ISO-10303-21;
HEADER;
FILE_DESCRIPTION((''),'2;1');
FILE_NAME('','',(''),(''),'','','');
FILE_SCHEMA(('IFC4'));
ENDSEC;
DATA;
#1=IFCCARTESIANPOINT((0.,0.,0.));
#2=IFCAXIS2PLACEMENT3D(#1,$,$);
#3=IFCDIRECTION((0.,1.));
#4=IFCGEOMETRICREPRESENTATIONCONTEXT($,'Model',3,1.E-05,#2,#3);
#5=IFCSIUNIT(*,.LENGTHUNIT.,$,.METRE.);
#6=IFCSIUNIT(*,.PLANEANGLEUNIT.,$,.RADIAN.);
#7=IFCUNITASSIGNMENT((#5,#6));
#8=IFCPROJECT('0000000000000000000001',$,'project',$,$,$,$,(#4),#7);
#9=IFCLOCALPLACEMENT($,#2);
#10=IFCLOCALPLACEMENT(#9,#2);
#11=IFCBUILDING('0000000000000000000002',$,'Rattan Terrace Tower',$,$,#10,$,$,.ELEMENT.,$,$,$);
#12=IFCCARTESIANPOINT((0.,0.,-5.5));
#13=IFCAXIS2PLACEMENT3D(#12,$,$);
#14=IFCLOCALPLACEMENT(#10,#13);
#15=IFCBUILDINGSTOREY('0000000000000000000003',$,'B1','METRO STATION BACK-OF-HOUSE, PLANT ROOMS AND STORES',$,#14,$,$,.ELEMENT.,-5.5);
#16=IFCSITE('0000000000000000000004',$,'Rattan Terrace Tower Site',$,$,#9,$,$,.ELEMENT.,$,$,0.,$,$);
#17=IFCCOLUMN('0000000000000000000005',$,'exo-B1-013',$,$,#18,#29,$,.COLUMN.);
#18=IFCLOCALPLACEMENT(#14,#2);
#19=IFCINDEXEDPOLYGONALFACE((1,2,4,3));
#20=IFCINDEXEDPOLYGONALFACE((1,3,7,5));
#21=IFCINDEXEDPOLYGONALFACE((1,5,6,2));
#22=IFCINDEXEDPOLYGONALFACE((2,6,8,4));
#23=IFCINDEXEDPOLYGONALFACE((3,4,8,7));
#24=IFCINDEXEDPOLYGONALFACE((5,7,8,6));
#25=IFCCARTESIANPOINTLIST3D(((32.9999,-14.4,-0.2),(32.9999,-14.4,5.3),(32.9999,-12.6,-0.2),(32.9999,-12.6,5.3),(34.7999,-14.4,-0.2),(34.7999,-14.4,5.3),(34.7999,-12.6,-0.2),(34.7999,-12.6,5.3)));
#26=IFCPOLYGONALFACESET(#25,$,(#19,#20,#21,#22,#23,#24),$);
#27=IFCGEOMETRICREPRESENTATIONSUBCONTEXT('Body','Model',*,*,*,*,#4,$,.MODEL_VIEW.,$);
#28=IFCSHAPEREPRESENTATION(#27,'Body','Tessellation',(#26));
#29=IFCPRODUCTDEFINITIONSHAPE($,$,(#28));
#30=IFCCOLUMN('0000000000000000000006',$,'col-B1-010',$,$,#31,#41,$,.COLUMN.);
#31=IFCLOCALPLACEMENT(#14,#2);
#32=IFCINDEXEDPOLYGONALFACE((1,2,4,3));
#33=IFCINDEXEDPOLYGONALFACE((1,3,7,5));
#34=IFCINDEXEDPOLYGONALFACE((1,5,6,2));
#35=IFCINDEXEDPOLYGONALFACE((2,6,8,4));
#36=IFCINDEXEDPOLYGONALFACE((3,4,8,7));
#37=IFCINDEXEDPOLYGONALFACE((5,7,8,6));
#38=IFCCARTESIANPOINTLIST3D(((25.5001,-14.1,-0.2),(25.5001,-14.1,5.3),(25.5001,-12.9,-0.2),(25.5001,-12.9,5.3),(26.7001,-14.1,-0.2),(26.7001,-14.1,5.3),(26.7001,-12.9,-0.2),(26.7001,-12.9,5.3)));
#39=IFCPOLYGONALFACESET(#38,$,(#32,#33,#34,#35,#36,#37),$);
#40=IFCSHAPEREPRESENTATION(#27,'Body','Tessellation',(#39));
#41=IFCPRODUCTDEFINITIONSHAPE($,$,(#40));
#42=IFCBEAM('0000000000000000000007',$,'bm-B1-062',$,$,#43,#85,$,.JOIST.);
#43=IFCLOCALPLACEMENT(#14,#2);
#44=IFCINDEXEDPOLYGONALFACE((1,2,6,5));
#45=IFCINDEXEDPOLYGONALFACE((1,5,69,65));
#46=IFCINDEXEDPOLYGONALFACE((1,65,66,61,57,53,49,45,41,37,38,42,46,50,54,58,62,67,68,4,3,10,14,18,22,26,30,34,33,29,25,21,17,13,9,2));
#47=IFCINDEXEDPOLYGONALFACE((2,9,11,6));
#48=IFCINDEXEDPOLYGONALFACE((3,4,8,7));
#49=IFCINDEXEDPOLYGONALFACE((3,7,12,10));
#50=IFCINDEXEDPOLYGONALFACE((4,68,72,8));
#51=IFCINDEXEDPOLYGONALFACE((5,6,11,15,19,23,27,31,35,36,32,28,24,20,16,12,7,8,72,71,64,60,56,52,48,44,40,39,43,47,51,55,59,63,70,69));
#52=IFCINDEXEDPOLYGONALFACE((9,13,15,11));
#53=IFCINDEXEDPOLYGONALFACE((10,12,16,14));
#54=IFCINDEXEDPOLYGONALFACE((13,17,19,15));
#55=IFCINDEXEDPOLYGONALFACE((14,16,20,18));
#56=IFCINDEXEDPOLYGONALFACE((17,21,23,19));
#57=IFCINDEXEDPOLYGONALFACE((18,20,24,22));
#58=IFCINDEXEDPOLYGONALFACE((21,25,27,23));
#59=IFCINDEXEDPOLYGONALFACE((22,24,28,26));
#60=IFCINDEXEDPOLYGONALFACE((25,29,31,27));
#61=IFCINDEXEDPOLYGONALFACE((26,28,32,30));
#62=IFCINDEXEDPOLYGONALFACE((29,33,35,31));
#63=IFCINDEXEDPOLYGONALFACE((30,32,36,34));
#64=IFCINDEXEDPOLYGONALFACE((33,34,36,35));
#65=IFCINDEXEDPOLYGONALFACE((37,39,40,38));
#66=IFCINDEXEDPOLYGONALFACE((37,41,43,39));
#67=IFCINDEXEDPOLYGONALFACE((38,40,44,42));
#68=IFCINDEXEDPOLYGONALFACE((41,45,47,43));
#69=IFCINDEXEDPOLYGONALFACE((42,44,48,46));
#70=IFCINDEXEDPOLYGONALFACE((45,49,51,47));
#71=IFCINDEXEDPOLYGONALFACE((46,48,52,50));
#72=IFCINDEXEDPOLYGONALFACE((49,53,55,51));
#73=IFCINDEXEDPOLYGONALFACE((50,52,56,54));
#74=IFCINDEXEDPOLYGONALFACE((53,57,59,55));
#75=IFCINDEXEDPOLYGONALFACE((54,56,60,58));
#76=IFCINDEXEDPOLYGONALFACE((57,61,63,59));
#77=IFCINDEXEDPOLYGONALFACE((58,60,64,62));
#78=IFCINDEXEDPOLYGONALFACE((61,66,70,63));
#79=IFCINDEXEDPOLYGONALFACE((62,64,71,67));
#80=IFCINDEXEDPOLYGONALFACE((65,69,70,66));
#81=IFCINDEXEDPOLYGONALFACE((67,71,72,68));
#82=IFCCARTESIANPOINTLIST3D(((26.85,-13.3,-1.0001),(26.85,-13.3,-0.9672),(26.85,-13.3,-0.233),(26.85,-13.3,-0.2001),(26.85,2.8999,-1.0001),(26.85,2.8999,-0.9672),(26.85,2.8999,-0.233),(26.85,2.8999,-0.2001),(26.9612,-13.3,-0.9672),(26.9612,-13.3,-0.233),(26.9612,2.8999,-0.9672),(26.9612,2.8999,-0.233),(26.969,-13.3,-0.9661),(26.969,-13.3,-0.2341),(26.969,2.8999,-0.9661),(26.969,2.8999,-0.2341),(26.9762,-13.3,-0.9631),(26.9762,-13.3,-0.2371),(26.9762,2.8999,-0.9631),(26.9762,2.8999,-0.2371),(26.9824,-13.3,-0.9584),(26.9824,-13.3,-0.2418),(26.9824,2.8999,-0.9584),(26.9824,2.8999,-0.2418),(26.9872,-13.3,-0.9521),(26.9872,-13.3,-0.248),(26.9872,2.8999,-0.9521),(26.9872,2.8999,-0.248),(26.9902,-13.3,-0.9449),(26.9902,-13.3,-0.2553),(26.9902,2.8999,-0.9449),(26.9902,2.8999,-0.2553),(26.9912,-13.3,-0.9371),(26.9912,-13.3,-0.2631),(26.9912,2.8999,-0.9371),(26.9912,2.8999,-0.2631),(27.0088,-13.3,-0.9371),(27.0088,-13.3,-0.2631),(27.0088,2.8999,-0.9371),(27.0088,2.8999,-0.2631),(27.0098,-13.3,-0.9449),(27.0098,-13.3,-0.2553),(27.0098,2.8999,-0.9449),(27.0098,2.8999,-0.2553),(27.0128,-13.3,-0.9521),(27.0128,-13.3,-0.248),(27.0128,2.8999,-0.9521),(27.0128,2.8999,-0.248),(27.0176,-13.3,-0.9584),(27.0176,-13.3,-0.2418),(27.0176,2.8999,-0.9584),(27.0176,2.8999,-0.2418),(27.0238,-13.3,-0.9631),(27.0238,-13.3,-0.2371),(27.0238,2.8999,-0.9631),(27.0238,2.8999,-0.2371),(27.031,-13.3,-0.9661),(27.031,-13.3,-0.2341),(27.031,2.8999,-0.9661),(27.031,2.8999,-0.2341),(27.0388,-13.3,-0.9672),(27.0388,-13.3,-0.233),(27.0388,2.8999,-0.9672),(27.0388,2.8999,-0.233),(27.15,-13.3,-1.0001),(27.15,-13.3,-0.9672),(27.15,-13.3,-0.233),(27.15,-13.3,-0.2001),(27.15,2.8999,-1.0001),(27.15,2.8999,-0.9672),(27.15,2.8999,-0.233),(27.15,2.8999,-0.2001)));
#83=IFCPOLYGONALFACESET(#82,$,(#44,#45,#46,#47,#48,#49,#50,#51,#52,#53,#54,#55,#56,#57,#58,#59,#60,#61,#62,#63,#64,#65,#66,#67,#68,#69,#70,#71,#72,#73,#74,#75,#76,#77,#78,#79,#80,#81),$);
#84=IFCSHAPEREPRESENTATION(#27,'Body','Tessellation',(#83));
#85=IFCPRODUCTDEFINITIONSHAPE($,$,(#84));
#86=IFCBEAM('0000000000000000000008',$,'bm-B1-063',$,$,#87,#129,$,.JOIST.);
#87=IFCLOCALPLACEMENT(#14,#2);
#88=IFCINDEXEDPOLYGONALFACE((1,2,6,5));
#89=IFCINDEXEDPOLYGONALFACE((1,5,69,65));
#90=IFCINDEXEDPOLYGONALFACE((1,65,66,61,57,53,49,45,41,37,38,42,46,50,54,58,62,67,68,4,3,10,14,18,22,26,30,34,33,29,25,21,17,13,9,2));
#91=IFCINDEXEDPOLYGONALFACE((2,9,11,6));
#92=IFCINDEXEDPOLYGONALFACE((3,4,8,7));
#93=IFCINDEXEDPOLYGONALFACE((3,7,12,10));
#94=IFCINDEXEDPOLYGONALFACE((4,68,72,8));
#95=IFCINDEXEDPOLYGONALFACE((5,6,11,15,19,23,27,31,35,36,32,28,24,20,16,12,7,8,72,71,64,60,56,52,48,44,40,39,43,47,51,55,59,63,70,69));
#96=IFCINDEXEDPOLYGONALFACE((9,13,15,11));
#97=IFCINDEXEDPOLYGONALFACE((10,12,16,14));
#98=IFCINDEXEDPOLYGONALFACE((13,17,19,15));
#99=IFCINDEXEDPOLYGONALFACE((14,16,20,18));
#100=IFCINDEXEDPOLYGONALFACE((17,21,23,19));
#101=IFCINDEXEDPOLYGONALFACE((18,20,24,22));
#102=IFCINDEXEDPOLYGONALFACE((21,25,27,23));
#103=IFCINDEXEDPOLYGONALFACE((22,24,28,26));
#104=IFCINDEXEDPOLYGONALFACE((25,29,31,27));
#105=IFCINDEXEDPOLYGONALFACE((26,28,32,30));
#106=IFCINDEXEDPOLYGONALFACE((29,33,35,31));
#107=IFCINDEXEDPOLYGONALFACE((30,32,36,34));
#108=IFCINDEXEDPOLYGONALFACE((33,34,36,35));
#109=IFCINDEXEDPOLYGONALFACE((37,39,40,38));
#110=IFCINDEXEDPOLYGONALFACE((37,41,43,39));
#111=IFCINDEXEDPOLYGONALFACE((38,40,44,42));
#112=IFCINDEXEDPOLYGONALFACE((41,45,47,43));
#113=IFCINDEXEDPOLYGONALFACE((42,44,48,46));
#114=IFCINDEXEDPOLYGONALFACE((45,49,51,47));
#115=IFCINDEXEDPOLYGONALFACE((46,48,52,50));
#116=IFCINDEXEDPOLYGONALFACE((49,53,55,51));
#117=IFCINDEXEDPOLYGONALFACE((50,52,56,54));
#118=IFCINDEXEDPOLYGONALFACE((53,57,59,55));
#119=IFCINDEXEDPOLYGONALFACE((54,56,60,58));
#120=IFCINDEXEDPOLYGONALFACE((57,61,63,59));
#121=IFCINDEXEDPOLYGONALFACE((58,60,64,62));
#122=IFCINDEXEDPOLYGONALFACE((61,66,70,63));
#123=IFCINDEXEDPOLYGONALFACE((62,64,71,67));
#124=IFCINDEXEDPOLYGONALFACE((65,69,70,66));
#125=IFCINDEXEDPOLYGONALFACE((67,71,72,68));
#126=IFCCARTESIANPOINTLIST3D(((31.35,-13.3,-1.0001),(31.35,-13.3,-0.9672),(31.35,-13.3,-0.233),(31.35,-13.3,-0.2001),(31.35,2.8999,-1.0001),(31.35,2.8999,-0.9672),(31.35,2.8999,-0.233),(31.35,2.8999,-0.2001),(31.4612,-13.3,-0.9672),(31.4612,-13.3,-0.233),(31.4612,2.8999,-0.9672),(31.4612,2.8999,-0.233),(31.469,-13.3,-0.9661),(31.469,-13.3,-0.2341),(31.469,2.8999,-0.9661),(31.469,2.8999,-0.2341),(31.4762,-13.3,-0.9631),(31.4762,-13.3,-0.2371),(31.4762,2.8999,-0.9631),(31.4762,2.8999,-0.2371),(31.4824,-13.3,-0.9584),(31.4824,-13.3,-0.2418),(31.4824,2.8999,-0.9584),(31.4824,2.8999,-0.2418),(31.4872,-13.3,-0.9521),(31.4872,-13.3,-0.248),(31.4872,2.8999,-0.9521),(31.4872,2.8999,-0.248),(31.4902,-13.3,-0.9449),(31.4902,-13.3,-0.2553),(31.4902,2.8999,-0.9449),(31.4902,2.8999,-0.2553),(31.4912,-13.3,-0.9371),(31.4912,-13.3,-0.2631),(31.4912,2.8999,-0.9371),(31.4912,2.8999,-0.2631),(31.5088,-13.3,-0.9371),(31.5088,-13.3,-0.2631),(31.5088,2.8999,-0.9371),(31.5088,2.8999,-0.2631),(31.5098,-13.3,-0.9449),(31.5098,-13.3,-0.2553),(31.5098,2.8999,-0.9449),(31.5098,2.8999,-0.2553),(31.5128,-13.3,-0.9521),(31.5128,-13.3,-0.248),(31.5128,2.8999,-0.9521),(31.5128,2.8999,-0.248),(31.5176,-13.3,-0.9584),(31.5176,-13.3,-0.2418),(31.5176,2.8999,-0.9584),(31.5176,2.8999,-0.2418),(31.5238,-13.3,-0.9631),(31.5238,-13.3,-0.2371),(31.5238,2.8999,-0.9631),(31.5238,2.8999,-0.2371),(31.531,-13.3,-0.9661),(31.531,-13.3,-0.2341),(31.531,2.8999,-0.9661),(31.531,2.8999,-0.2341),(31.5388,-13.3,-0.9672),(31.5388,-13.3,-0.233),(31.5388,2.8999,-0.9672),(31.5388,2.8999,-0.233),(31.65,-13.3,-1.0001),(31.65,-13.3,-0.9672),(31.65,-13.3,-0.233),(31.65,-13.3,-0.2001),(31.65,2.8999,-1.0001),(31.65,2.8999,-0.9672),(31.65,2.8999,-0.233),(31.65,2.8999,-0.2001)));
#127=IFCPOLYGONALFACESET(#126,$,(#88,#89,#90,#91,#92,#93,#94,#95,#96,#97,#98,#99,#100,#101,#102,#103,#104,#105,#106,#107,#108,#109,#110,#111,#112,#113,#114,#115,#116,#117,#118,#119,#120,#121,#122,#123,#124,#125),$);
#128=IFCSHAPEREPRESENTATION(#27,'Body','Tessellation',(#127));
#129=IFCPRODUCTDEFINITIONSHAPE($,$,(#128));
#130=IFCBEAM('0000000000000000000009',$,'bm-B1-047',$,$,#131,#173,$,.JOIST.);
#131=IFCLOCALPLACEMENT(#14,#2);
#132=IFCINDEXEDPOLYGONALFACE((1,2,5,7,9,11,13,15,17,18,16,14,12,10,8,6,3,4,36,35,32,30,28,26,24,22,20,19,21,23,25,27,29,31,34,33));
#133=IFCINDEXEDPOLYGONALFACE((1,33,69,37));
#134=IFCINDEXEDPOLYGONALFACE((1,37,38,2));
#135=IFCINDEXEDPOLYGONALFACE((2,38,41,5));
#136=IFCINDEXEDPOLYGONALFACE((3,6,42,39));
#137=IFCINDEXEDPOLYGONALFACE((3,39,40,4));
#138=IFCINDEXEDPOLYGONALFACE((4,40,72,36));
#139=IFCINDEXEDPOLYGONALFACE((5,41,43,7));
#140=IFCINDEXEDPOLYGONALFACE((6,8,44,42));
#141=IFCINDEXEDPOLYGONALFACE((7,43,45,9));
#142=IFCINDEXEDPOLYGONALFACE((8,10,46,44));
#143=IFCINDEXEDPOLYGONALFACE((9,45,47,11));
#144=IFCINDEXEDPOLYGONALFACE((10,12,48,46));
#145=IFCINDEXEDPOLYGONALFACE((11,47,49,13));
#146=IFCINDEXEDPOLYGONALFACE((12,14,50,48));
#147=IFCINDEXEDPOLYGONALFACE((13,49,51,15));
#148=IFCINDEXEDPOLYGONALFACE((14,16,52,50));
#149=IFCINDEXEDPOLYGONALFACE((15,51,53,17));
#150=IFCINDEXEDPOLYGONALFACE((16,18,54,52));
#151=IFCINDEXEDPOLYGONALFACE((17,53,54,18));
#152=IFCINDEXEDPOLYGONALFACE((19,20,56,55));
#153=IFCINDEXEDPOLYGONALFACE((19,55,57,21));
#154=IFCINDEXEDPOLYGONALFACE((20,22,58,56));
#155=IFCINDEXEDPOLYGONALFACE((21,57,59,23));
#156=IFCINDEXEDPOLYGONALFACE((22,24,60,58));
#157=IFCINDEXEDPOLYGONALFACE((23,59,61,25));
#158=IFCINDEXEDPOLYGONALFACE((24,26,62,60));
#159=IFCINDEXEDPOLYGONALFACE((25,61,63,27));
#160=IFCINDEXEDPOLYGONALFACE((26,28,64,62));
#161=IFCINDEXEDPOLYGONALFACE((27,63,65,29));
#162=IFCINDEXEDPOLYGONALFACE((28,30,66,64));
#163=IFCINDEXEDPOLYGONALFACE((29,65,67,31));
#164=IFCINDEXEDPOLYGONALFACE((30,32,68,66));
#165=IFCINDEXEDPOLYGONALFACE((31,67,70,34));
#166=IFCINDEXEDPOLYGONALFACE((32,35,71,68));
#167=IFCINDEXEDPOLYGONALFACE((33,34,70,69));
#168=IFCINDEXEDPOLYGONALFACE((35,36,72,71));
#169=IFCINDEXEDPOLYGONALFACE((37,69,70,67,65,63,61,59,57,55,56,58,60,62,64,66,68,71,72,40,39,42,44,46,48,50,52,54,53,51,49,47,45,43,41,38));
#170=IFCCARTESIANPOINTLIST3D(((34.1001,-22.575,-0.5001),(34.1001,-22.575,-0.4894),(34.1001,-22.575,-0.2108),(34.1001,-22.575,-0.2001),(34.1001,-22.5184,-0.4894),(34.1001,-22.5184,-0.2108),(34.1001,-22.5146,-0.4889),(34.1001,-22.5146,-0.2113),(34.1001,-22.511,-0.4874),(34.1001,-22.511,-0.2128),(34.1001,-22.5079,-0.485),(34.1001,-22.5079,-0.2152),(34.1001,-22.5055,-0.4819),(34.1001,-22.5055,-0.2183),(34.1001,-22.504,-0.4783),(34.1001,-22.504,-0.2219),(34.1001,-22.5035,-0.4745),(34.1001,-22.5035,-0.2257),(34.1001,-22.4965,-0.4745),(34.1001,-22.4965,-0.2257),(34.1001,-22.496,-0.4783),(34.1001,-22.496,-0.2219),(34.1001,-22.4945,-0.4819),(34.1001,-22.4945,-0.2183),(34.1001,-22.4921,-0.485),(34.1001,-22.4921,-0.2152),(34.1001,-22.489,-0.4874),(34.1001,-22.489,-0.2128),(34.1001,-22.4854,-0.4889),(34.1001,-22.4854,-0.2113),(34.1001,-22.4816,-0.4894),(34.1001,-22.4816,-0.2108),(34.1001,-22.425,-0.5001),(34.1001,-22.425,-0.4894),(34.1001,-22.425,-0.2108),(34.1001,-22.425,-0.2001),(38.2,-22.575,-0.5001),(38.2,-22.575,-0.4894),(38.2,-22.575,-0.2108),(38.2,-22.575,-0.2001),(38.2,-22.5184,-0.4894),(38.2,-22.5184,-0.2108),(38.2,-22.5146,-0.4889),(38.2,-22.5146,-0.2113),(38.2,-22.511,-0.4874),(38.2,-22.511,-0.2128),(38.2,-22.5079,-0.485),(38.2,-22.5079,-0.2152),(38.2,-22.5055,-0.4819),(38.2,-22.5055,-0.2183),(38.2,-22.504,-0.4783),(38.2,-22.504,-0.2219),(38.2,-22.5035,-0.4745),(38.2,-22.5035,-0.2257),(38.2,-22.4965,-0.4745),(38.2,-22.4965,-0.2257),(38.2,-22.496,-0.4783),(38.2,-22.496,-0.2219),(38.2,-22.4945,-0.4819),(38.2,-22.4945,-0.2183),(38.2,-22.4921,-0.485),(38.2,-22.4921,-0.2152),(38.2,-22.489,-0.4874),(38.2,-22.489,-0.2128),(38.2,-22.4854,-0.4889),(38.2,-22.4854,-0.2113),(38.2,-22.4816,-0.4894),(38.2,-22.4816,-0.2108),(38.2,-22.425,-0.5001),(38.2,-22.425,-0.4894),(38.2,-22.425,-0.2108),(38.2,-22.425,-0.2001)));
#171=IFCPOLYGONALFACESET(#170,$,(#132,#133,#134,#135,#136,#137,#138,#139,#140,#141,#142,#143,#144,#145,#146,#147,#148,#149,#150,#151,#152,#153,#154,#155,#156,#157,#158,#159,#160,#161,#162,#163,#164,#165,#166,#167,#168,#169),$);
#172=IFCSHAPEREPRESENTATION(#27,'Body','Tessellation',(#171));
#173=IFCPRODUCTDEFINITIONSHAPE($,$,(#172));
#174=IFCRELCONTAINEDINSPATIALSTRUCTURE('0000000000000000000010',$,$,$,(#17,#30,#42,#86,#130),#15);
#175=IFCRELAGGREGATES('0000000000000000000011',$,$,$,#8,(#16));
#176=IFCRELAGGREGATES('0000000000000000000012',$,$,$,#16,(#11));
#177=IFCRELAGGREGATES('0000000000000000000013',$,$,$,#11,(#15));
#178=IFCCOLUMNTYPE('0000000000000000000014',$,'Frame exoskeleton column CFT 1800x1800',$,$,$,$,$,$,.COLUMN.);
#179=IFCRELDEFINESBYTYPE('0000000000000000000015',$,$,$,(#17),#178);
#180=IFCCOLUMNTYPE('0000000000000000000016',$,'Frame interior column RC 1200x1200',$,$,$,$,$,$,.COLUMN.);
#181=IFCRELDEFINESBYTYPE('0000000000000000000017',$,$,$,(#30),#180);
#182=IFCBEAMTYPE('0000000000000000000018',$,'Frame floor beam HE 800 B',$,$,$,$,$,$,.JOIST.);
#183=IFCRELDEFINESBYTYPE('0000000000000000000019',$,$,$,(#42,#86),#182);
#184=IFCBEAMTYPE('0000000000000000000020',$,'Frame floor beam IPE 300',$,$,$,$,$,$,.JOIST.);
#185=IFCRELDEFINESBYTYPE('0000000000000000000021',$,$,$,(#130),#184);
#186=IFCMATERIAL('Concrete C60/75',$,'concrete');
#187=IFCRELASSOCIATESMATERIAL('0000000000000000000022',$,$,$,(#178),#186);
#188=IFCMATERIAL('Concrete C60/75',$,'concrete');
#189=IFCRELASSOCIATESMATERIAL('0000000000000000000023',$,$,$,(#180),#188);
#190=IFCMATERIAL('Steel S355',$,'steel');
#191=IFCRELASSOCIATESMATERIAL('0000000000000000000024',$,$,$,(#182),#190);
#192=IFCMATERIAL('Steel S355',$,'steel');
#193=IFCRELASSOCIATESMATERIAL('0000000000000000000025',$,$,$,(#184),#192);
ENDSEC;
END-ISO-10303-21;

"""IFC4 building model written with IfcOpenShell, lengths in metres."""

from ifc_helpers import new_model, si_unit, direction, frame, origin, origin_2d, place, context, subcontext, project, spatial, rectangle, i_section, extrude, material, material_profile, profile_set, type_object, element, save


model = new_model("IFC4")

# Units and contexts
model_context = context("Model", 3, precision=1e-05, world=origin(), true_north=direction((0.0, 1.0)))
body_context = subcontext(model_context, "Body", "Model", "MODEL_VIEW")
ifc_project = project(units=[si_unit("LENGTHUNIT", "METRE"), si_unit("PLANEANGLEUNIT", "RADIAN")], contexts=[model_context])

# Site, building, storey
site_placement = place(None, origin())
site = spatial("IfcSite", under=ifc_project, at=site_placement, Name="Rattan Terrace Tower Site", CompositionType="ELEMENT", RefElevation=0.0)
building_placement = place(site_placement, origin())
building = spatial("IfcBuilding", under=site, at=building_placement, Name="Rattan Terrace Tower", CompositionType="ELEMENT")
storey_placement = place(building_placement, frame((0.0, 0.0, -5.5)))
storey = spatial("IfcBuildingStorey", under=building, at=storey_placement, Name="B1", Description="METRO STATION BACK-OF-HOUSE, PLANT ROOMS AND STORES", CompositionType="ELEMENT", Elevation=-5.5)

# Columns
ifc_material_1 = material(Name="Concrete C60/75", Category="concrete")
ifc_material_profile_1 = material_profile(ifc_material_1, rectangle(XDim=1.8, YDim=1.8, at=origin_2d()), Name="CFT 1800x1800")
ifc_profile_set_1 = profile_set([ifc_material_profile_1], Name="Concrete C60/75")
column_type_1 = type_object("IfcColumnType", Name="Frame exoskeleton column CFT 1800x1800", PredefinedType="COLUMN", material=ifc_profile_set_1)
column_1_placement = place(storey_placement, frame((33.8999, -13.5, -0.2), z_axis=(0.0, 0.0, 1.0), x_axis=(0.0, 1.0, 0.0)))
element("IfcColumn", 1, at=column_1_placement, inside=storey, type_object=column_type_1, Name="exo-B1-013", PredefinedType="COLUMN", context=body_context, shape_type="SweptSolid", body=[
    extrude(rectangle(XDim=1.8, YDim=1.8, at=origin_2d()), origin(), (0.0, 0.0, 1.0), 5.5),
])
ifc_material_2 = material(Name="Concrete C60/75", Category="concrete")
ifc_material_profile_2 = material_profile(ifc_material_2, rectangle(XDim=1.2, YDim=1.2, at=origin_2d()), Name="RC 1200x1200")
ifc_profile_set_2 = profile_set([ifc_material_profile_2], Name="Concrete C60/75")
column_type_2 = type_object("IfcColumnType", Name="Frame interior column RC 1200x1200", PredefinedType="COLUMN", material=ifc_profile_set_2)
column_2_placement = place(storey_placement, frame((26.1001, -13.5, -0.2), z_axis=(0.0, 0.0, 1.0), x_axis=(1.0, 0.0, 0.0)))
element("IfcColumn", 2, at=column_2_placement, inside=storey, type_object=column_type_2, Name="col-B1-010", PredefinedType="COLUMN", context=body_context, shape_type="SweptSolid", body=[
    extrude(rectangle(XDim=1.2, YDim=1.2, at=origin_2d()), origin(), (0.0, 0.0, 1.0), 5.5),
])

# Beams
ifc_material_3 = material(Name="Steel S355", Category="steel")
ifc_material_profile_3 = material_profile(ifc_material_3, i_section(OverallWidth=0.3, OverallDepth=0.8, WebThickness=0.0176, FlangeThickness=0.033, FilletRadius=0.03, at=origin_2d()), Name="HE 800 B")
ifc_profile_set_3 = profile_set([ifc_material_profile_3], Name="Steel S355")
beam_type_1 = type_object("IfcBeamType", Name="Frame floor beam HE 800 B", PredefinedType="JOIST", material=ifc_profile_set_3)
for number, where, z_axis, x_axis, name in (
    (3, (27.0, -13.3, -0.6001), (0.0, 1.0, 0.0), (-1.0, 0.0, 0.0), "bm-B1-062"),
    (4, (31.5, -13.3, -0.6001), (0.0, 1.0, 0.0), (-1.0, 0.0, 0.0), "bm-B1-063"),
):
    element("IfcBeam", number, at=place(storey_placement, frame(where, z_axis=z_axis, x_axis=x_axis)), inside=storey, type_object=beam_type_1, Name=name, PredefinedType="JOIST", context=body_context, shape_type="SweptSolid", body=[
        extrude(i_section(OverallWidth=0.3, OverallDepth=0.8, WebThickness=0.0176, FlangeThickness=0.033, FilletRadius=0.03, at=origin_2d()), origin(), (0.0, 0.0, 1.0), 16.2),
    ])
ifc_material_4 = material(Name="Steel S355", Category="steel")
ifc_material_profile_4 = material_profile(ifc_material_4, i_section(OverallWidth=0.1499, OverallDepth=0.3, WebThickness=0.0071, FlangeThickness=0.0107, FilletRadius=0.0149, at=origin_2d()), Name="IPE 300")
ifc_profile_set_4 = profile_set([ifc_material_profile_4], Name="Steel S355")
beam_type_2 = type_object("IfcBeamType", Name="Frame floor beam IPE 300", PredefinedType="JOIST", material=ifc_profile_set_4)
for number, where, z_axis, x_axis, name in (
    (5, (34.1001, -22.5, -0.3501), (1.0, 0.0, 0.0), (0.0, 1.0, 0.0), "bm-B1-047"),
):
    element("IfcBeam", number, at=place(storey_placement, frame(where, z_axis=z_axis, x_axis=x_axis)), inside=storey, type_object=beam_type_2, Name=name, PredefinedType="JOIST", context=body_context, shape_type="SweptSolid", body=[
        extrude(i_section(OverallWidth=0.1499, OverallDepth=0.3, WebThickness=0.0071, FlangeThickness=0.0107, FilletRadius=0.0149, at=origin_2d()), origin(), (0.0, 0.0, 1.0), 4.0999),
    ])

save(model, "model.ifc")
